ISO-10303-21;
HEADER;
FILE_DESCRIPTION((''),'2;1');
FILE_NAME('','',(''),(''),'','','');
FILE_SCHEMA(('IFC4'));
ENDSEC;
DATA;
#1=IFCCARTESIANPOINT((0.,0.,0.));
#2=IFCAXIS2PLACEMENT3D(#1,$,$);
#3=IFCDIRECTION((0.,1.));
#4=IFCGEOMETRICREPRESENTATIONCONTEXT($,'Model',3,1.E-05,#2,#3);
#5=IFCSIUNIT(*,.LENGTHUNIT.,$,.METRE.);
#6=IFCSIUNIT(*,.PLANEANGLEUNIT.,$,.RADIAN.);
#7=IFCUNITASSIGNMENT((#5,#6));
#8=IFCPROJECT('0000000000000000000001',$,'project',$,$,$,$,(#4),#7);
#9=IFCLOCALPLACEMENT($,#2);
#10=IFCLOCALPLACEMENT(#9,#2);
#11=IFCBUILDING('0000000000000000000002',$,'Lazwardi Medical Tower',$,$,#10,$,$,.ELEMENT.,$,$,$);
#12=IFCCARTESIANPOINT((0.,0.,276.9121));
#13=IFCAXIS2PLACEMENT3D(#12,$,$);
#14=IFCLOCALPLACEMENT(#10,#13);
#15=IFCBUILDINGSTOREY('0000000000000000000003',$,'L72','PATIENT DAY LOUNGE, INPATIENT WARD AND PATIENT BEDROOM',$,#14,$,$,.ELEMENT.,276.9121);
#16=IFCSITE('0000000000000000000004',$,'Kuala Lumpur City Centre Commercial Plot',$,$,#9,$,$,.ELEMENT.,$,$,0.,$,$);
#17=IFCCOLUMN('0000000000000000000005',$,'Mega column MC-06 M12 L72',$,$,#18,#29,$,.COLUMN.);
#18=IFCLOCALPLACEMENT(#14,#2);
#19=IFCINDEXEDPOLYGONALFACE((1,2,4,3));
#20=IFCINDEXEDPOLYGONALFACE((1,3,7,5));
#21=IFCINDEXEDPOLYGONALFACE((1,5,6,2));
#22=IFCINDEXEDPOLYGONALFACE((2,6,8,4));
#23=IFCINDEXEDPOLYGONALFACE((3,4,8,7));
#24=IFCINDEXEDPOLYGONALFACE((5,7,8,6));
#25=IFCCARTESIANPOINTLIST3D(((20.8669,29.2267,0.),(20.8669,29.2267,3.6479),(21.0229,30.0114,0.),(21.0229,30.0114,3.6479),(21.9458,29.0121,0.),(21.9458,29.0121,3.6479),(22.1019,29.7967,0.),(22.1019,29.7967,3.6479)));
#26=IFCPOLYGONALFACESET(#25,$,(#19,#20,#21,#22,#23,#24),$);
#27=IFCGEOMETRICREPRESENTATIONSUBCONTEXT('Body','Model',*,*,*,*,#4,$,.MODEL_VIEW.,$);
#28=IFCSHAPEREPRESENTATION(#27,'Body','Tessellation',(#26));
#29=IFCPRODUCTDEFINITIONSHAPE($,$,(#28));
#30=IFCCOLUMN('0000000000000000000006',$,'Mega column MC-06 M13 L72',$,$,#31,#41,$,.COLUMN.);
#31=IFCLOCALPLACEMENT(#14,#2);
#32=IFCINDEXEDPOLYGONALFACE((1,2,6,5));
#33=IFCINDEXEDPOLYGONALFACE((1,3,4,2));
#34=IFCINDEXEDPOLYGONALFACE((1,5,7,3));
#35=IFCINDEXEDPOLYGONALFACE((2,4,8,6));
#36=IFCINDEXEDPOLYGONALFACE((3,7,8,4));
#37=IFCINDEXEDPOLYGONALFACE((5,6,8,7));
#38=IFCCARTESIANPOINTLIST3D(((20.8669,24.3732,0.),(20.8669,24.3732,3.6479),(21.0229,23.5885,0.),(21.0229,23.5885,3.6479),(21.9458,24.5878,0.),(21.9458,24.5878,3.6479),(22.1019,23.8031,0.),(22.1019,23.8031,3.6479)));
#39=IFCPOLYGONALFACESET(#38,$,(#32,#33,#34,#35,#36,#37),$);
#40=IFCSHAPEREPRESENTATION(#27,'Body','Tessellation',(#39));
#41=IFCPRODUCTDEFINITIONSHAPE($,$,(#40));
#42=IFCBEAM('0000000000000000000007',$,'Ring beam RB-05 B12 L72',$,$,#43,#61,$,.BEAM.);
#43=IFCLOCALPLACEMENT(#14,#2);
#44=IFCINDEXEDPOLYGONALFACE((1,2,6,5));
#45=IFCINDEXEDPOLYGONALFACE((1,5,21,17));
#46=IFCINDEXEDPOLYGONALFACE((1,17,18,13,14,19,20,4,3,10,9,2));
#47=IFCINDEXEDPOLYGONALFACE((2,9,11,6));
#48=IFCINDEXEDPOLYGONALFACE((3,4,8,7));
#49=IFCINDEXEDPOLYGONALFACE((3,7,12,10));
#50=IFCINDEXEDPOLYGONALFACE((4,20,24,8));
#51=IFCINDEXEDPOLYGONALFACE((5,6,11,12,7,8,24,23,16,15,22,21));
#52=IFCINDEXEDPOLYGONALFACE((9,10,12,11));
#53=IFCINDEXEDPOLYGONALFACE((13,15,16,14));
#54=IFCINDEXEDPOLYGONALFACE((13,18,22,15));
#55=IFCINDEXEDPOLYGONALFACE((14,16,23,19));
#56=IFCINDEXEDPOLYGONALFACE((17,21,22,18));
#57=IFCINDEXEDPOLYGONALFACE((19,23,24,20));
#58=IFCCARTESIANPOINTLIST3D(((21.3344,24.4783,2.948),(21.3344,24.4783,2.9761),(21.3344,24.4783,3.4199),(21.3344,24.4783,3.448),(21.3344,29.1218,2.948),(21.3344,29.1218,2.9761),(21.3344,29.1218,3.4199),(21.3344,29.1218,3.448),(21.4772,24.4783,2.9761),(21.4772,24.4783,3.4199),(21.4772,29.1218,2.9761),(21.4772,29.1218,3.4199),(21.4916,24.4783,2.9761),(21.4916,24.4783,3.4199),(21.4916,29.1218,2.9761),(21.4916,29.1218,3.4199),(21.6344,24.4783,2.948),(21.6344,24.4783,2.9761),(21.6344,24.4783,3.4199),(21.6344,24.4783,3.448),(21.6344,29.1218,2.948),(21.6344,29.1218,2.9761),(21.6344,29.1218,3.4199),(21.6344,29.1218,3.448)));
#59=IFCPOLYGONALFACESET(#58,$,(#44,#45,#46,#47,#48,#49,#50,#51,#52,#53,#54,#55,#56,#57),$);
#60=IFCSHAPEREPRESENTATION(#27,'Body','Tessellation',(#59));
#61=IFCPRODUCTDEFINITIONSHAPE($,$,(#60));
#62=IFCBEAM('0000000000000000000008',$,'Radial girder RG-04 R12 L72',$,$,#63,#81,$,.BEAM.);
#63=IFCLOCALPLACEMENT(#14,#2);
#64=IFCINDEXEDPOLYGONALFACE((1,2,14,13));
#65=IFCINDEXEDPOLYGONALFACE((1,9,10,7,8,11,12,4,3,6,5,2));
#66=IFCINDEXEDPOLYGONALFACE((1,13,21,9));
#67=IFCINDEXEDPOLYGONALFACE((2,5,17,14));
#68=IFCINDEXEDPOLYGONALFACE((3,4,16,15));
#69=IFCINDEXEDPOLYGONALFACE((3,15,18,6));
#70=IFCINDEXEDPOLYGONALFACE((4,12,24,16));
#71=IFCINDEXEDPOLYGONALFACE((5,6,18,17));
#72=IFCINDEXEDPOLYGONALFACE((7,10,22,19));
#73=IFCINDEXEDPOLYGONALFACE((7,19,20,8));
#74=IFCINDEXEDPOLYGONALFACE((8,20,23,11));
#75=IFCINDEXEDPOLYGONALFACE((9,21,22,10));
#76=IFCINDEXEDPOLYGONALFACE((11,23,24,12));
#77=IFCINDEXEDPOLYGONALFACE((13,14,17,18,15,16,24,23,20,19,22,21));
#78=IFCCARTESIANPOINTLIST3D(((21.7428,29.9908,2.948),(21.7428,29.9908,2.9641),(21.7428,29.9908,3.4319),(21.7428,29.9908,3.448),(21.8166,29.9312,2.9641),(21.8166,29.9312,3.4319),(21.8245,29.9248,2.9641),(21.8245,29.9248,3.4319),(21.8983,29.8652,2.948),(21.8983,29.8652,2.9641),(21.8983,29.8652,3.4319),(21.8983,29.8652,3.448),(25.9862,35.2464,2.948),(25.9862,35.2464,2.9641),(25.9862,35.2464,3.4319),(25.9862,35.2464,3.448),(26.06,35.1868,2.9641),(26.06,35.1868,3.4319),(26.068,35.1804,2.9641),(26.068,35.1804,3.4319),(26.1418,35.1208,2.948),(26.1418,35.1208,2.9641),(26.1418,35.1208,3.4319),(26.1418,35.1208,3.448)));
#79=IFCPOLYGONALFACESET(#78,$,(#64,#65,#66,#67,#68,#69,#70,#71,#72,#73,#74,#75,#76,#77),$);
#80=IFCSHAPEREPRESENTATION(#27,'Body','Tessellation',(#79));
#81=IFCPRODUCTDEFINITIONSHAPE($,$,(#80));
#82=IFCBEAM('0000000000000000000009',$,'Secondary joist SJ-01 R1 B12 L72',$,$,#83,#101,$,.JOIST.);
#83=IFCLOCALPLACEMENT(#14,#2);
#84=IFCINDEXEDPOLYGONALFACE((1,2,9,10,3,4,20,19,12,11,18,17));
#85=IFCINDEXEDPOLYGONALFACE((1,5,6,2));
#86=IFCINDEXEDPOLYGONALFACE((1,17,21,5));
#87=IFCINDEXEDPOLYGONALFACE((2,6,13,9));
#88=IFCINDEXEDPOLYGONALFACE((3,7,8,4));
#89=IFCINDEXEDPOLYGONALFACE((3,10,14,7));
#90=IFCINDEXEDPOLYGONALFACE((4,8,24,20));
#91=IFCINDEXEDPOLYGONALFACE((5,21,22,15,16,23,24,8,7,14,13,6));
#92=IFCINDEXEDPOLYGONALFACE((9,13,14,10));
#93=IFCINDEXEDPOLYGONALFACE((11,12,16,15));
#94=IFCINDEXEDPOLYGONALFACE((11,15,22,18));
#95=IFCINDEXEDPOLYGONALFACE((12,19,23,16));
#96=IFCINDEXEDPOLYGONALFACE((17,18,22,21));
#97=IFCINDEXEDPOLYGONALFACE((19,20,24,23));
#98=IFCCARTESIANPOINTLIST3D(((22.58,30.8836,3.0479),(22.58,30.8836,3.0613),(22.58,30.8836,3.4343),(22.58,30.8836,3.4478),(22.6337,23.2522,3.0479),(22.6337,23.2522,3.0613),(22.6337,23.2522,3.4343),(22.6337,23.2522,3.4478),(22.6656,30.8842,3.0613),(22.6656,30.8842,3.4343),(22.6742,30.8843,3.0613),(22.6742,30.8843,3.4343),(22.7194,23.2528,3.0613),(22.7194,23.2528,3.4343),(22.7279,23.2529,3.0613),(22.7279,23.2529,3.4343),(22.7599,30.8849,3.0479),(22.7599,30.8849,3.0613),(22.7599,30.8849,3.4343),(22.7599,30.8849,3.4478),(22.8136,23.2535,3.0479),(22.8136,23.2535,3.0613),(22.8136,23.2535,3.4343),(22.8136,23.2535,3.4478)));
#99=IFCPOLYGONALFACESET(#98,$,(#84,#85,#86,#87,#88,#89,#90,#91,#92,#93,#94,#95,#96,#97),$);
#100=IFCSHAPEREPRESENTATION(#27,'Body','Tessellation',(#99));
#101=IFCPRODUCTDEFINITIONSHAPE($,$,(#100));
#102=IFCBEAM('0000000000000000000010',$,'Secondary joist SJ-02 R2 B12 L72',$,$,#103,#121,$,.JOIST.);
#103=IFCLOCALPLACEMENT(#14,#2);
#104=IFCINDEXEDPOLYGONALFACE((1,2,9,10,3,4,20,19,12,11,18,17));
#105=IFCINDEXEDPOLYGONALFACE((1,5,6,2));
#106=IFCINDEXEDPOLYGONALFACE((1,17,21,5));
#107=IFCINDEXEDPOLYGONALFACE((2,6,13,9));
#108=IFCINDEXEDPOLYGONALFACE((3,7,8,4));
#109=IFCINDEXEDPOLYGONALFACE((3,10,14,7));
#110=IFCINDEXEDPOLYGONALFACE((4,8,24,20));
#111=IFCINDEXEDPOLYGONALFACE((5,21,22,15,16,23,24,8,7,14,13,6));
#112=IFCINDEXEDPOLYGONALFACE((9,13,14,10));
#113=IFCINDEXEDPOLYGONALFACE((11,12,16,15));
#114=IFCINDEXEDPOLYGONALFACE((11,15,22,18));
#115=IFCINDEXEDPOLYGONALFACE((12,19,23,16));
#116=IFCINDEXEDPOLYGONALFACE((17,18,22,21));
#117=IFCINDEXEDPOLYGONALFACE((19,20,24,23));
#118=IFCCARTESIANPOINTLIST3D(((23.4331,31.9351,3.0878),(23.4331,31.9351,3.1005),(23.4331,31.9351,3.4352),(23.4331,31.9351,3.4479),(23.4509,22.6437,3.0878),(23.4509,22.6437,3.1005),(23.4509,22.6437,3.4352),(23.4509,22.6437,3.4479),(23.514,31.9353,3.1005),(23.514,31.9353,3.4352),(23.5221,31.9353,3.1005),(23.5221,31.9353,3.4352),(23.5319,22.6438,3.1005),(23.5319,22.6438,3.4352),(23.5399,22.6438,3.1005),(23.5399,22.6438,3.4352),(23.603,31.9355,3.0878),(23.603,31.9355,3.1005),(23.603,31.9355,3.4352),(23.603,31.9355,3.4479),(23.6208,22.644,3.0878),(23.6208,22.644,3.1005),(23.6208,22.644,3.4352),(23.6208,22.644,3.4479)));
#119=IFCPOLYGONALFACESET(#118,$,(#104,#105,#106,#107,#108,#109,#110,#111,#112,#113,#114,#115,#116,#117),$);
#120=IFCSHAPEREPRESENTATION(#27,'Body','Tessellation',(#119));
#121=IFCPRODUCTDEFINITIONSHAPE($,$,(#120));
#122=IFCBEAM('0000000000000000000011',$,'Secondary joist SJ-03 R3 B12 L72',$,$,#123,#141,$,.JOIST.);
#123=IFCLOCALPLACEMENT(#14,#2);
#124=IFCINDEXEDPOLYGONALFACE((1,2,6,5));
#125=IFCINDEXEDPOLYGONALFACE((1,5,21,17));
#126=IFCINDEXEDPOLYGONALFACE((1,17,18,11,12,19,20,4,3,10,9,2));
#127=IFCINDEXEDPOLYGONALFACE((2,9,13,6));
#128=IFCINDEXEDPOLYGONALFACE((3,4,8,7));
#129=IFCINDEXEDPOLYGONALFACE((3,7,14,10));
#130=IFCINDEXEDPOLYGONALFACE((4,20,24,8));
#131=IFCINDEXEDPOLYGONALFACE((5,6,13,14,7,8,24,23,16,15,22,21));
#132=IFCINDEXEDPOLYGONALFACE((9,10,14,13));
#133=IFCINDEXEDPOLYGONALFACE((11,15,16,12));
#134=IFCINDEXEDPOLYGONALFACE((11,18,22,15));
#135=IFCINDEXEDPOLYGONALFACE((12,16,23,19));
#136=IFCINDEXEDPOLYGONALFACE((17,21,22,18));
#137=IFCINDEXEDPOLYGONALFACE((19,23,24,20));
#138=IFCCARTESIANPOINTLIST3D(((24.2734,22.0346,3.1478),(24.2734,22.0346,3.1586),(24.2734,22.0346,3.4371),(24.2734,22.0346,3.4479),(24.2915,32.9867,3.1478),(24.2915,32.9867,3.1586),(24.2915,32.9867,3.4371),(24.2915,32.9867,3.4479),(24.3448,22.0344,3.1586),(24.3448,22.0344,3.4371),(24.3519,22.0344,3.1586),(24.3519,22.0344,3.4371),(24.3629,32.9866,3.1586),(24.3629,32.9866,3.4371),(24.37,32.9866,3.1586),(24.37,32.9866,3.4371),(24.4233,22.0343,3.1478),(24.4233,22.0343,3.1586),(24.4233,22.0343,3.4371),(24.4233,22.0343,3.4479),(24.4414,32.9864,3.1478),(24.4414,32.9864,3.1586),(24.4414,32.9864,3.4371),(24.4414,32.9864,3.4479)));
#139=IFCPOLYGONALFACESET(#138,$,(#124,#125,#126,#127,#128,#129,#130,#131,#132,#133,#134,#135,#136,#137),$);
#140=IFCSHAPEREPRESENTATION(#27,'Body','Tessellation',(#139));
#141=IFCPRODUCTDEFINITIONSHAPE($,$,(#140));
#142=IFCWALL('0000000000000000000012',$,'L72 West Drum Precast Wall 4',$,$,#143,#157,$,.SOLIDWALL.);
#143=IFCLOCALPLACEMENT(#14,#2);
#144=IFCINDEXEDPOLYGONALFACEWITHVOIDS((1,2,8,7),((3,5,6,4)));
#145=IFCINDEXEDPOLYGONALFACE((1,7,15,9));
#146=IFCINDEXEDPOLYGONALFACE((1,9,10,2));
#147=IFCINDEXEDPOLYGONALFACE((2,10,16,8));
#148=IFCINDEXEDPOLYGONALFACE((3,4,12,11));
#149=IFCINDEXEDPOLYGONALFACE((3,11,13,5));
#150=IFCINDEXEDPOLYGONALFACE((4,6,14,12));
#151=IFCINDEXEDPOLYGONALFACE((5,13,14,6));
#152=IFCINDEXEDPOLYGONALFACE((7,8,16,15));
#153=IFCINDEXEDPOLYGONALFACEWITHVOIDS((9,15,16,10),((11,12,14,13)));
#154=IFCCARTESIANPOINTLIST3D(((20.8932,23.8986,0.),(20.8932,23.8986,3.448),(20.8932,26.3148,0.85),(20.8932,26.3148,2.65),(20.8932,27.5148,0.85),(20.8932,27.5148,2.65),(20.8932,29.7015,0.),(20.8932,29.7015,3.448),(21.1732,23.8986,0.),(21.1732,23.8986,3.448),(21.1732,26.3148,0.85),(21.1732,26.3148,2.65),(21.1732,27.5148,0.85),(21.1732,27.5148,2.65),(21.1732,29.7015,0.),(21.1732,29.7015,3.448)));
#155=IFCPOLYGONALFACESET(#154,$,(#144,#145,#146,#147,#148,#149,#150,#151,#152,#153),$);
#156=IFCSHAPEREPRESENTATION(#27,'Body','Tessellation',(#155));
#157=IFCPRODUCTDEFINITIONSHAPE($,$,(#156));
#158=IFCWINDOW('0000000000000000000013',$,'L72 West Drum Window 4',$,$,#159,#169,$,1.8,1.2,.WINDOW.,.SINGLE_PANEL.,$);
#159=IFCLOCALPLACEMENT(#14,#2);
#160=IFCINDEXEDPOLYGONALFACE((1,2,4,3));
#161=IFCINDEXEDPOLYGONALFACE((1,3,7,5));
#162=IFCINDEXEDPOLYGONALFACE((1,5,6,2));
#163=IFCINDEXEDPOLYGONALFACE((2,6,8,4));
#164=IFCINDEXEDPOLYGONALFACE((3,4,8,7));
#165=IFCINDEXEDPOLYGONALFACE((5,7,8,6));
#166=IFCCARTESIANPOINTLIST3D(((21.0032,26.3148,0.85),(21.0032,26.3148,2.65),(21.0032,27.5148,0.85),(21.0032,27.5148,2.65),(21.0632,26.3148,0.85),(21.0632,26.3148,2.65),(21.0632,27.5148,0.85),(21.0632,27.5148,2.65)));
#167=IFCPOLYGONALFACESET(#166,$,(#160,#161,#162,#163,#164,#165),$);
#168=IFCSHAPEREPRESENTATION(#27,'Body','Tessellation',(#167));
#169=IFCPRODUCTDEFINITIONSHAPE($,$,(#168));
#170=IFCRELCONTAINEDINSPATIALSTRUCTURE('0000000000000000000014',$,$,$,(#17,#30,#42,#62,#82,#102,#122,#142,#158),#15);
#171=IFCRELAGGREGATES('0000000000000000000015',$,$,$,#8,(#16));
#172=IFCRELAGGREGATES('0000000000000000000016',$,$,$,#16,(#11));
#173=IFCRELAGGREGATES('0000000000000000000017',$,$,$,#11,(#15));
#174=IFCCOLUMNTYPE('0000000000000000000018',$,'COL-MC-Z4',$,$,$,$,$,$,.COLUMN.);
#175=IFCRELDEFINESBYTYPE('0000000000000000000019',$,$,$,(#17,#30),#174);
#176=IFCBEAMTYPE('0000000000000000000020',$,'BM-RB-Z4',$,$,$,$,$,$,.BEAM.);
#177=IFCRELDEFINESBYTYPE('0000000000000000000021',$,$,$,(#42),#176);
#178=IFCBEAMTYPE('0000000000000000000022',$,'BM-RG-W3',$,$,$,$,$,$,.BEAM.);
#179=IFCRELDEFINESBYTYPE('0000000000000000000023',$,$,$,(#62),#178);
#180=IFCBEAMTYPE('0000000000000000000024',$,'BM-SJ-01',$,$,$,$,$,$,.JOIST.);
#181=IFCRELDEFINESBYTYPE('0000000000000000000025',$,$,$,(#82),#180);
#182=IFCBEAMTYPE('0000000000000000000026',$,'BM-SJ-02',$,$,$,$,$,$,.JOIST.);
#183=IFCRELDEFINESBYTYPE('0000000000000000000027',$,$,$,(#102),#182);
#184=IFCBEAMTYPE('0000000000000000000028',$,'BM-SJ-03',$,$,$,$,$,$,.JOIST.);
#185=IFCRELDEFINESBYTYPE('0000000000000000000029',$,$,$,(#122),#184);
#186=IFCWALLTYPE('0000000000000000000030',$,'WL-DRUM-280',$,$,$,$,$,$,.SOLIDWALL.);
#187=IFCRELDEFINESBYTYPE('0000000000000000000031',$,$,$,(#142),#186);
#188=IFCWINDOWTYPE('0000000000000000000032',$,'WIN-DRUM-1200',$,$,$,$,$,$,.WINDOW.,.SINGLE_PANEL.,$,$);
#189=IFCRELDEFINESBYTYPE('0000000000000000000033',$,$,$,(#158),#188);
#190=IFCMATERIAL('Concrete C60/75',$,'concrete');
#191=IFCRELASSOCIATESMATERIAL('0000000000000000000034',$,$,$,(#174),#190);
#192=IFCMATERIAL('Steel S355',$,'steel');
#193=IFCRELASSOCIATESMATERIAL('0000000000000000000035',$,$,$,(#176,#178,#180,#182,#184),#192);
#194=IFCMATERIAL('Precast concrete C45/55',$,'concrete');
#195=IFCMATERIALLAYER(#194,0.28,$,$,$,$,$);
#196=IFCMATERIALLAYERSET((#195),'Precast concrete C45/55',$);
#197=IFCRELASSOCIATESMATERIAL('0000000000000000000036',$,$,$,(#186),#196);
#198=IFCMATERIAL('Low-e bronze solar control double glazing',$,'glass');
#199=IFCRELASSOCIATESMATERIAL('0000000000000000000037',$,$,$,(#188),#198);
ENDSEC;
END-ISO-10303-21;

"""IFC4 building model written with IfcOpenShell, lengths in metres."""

from ifc_helpers import new_model, si_unit, direction, frame, frame_2d, origin, origin_2d, place, context, subcontext, project, spatial, rectangle, i_section, extrude, material, layer, layer_set, material_profile, profile_set, type_object, element, fill, save


model = new_model("IFC4")

# Units and contexts
model_context = context("Model", 3, precision=1e-05, world=origin(), true_north=direction((0.0, 1.0)))
body_context = subcontext(model_context, "Body", "Model", "MODEL_VIEW")
ifc_project = project(units=[si_unit("LENGTHUNIT", "METRE"), si_unit("PLANEANGLEUNIT", "RADIAN")], contexts=[model_context])

# Site, building, storey
site_placement = place(None, origin())
site = spatial("IfcSite", under=ifc_project, at=site_placement, Name="Kuala Lumpur City Centre Commercial Plot", CompositionType="ELEMENT", RefElevation=0.0)
building_placement = place(site_placement, origin())
building = spatial("IfcBuilding", under=site, at=building_placement, Name="Lazwardi Medical Tower", CompositionType="ELEMENT")
storey_placement = place(building_placement, frame((0.0, 0.0, 276.9121)))
storey = spatial("IfcBuildingStorey", under=building, at=storey_placement, Name="L72", Description="PATIENT DAY LOUNGE, INPATIENT WARD AND PATIENT BEDROOM", CompositionType="ELEMENT", Elevation=276.9121)

# Columns
ifc_material_1 = material(Name="Concrete C60/75", Category="concrete")
ifc_material_profile_1 = material_profile(ifc_material_1, rectangle(XDim=1.1001, YDim=0.8, at=origin_2d()), Name="CFT-RECT 1100x800")
ifc_profile_set_1 = profile_set([ifc_material_profile_1], Name="Concrete C60/75")
column_type = type_object("IfcColumnType", Name="COL-MC-Z4", PredefinedType="COLUMN", material=ifc_profile_set_1)
for number, where, z_axis, x_axis, name in (
    (1, (21.4844, 29.5117, 0.0), (0.0, 0.0, 1.0), (-0.980785, 0.19509, 0.0), "Mega column MC-06 M12 L72"),
    (2, (21.4844, 24.0881, 0.0), (0.0, 0.0, 1.0), (-0.980785, -0.19509, 0.0), "Mega column MC-06 M13 L72"),
):
    element("IfcColumn", number, at=place(storey_placement, frame(where, z_axis=z_axis, x_axis=x_axis)), inside=storey, type_object=column_type, Name=name, PredefinedType="COLUMN", context=body_context, shape_type="SweptSolid", body=[
        extrude(rectangle(XDim=1.1001, YDim=0.8, at=origin_2d()), origin(), (0.0, 0.0, 1.0), 3.6479),
    ])

# Beams
ifc_material_2 = material(Name="Steel S355", Category="steel")
ifc_material_profile_2 = material_profile(ifc_material_2, i_section(OverallWidth=0.3, OverallDepth=0.5, WebThickness=0.0144, FlangeThickness=0.0281, at=origin_2d()), Name="HEB 500")
ifc_profile_set_2 = profile_set([ifc_material_profile_2], Name="Steel S355")
beam_type_1 = type_object("IfcBeamType", Name="BM-RB-Z4", PredefinedType="BEAM", material=ifc_profile_set_2)
beam_1_placement = place(storey_placement, frame((21.4844, 29.1218, 3.198), z_axis=(0.0, -1.0, 0.0), x_axis=(1.0, 0.0, 0.0)))
element("IfcBeam", 3, at=beam_1_placement, inside=storey, type_object=beam_type_1, Name="Ring beam RB-05 B12 L72", PredefinedType="BEAM", context=body_context, shape_type="SweptSolid", body=[
    extrude(i_section(OverallWidth=0.3, OverallDepth=0.5, WebThickness=0.0144, FlangeThickness=0.0281, at=origin_2d()), origin(), (0.0, 0.0, 1.0), 4.6436),
])
ifc_material_profile_3 = material_profile(ifc_material_2, i_section(OverallWidth=0.2, OverallDepth=0.5, WebThickness=0.0103, FlangeThickness=0.0161, at=origin_2d()), Name="IPE 500")
ifc_profile_set_3 = profile_set([ifc_material_profile_3], Name="Steel S355")
beam_type_2 = type_object("IfcBeamType", Name="BM-RG-W3", PredefinedType="BEAM", material=ifc_profile_set_3)
beam_2_placement = place(storey_placement, frame((21.8206, 29.928, 3.198), z_axis=(0.628202, 0.778051, 0.0), x_axis=(-0.778051, 0.628202, 0.0)))
element("IfcBeam", 4, at=beam_2_placement, inside=storey, type_object=beam_type_2, Name="Radial girder RG-04 R12 L72", PredefinedType="BEAM", context=body_context, shape_type="SweptSolid", body=[
    extrude(i_section(OverallWidth=0.2, OverallDepth=0.5, WebThickness=0.0103, FlangeThickness=0.0161, at=origin_2d()), origin(), (0.0, 0.0, 1.0), 6.7549),
])
ifc_material_profile_4 = material_profile(ifc_material_2, i_section(OverallWidth=0.1799, OverallDepth=0.3999, WebThickness=0.0085, FlangeThickness=0.0134, at=origin_2d()), Name="IPE 400")
ifc_profile_set_4 = profile_set([ifc_material_profile_4], Name="Steel S355")
beam_type_3 = type_object("IfcBeamType", Name="BM-SJ-01", PredefinedType="JOIST", material=ifc_profile_set_4)
beam_3_placement = place(storey_placement, frame((22.6699, 30.8843, 3.2478), z_axis=(0.007038, -0.999975, 0.0), x_axis=(0.999975, 0.007038, 0.0)))
element("IfcBeam", 5, at=beam_3_placement, inside=storey, type_object=beam_type_3, Name="Secondary joist SJ-01 R1 B12 L72", PredefinedType="JOIST", context=body_context, shape_type="SweptSolid", body=[
    extrude(i_section(OverallWidth=0.1799, OverallDepth=0.3999, WebThickness=0.0085, FlangeThickness=0.0134, at=origin_2d()), origin(), (0.0, 0.0, 1.0), 7.6316),
])
ifc_material_profile_5 = material_profile(ifc_material_2, i_section(OverallWidth=0.1699, OverallDepth=0.3601, WebThickness=0.0081, FlangeThickness=0.0127, at=origin_2d()), Name="IPE 360")
ifc_profile_set_5 = profile_set([ifc_material_profile_5], Name="Steel S355")
beam_type_4 = type_object("IfcBeamType", Name="BM-SJ-02", PredefinedType="JOIST", material=ifc_profile_set_5)
beam_4_placement = place(storey_placement, frame((23.5181, 31.9353, 3.2678), z_axis=(0.001918, -0.999998, 0.0), x_axis=(0.999998, 0.001918, 0.0)))
element("IfcBeam", 6, at=beam_4_placement, inside=storey, type_object=beam_type_4, Name="Secondary joist SJ-02 R2 B12 L72", PredefinedType="JOIST", context=body_context, shape_type="SweptSolid", body=[
    extrude(i_section(OverallWidth=0.1699, OverallDepth=0.3601, WebThickness=0.0081, FlangeThickness=0.0127, at=origin_2d()), origin(), (0.0, 0.0, 1.0), 9.2915),
])
ifc_material_profile_6 = material_profile(ifc_material_2, i_section(OverallWidth=0.1499, OverallDepth=0.3, WebThickness=0.0071, FlangeThickness=0.0107, at=origin_2d()), Name="IPE 300")
ifc_profile_set_6 = profile_set([ifc_material_profile_6], Name="Steel S355")
beam_type_5 = type_object("IfcBeamType", Name="BM-SJ-03", PredefinedType="JOIST", material=ifc_profile_set_6)
beam_5_placement = place(storey_placement, frame((24.3665, 32.9866, 3.2979), z_axis=(-0.00165, -0.999999, 0.0), x_axis=(0.999999, -0.00165, 0.0)))
element("IfcBeam", 7, at=beam_5_placement, inside=storey, type_object=beam_type_5, Name="Secondary joist SJ-03 R3 B12 L72", PredefinedType="JOIST", context=body_context, shape_type="SweptSolid", body=[
    extrude(i_section(OverallWidth=0.1499, OverallDepth=0.3, WebThickness=0.0071, FlangeThickness=0.0107, at=origin_2d()), origin(), (0.0, 0.0, 1.0), 10.9521),
])

# Wall, opening, window
ifc_material_3 = material(Name="Precast concrete C45/55", Category="concrete")
ifc_layer_1 = layer(ifc_material_3, 0.28)
ifc_layer_set_1 = layer_set([ifc_layer_1], Name="Precast concrete C45/55")
wall_type_1 = type_object("IfcWallType", Name="WL-DRUM-280", PredefinedType="SOLIDWALL", material=ifc_layer_set_1)
wall_1_placement = place(storey_placement, frame((21.0332, 29.7014, 0.0), z_axis=(0.0, 0.0, 1.0), x_axis=(0.0, -1.0, 0.0)))
wall_1 = element("IfcWall", 8, at=wall_1_placement, inside=storey, type_object=wall_type_1, Name="L72 West Drum Precast Wall 4", PredefinedType="SOLIDWALL", context=body_context, shape_type="SweptSolid", body=[
    extrude(rectangle(XDim=5.803, YDim=0.28, at=frame_2d((2.9014, 0.0))), origin(), (0.0, 0.0, 1.0), 3.448),
])
opening_1_placement = place(wall_1_placement, frame((2.1865, 0.0, 0.8501)))
opening_1 = element("IfcOpeningElement", 9, at=opening_1_placement, cuts=wall_1, PredefinedType="OPENING", context=body_context, shape_type="SweptSolid", body=[
    extrude(rectangle(XDim=1.2, YDim=1.8, at=frame_2d((0.6001, 0.8999))), frame((0.0, 0.1499, 0.0), z_axis=(0.0, -1.0, 0.0), x_axis=(1.0, 0.0, 0.0)), (0.0, 0.0, 1.0), 0.3),
])
ifc_material_4 = material(Name="Low-e bronze solar control double glazing", Category="glass")
window_type = type_object("IfcWindowType", Name="WIN-DRUM-1200", PartitioningType="SINGLE_PANEL", PredefinedType="WINDOW", material=ifc_material_4)
window_1_placement = place(opening_1_placement, origin())
window_1 = element("IfcWindow", 10, at=window_1_placement, inside=storey, type_object=window_type, Name="L72 West Drum Window 4", OverallHeight=1.8, OverallWidth=1.2, PartitioningType="SINGLE_PANEL", PredefinedType="WINDOW", context=body_context, shape_type="SweptSolid", body=[
    extrude(rectangle(XDim=1.2, YDim=1.8, at=frame_2d((0.6001, 0.8999))), frame((0.0, 0.03, 0.0), z_axis=(0.0, -1.0, 0.0), x_axis=(1.0, 0.0, 0.0)), (0.0, 0.0, 1.0), 0.0601),
])
fill(opening_1, window_1)

save(model, "model.ifc")
